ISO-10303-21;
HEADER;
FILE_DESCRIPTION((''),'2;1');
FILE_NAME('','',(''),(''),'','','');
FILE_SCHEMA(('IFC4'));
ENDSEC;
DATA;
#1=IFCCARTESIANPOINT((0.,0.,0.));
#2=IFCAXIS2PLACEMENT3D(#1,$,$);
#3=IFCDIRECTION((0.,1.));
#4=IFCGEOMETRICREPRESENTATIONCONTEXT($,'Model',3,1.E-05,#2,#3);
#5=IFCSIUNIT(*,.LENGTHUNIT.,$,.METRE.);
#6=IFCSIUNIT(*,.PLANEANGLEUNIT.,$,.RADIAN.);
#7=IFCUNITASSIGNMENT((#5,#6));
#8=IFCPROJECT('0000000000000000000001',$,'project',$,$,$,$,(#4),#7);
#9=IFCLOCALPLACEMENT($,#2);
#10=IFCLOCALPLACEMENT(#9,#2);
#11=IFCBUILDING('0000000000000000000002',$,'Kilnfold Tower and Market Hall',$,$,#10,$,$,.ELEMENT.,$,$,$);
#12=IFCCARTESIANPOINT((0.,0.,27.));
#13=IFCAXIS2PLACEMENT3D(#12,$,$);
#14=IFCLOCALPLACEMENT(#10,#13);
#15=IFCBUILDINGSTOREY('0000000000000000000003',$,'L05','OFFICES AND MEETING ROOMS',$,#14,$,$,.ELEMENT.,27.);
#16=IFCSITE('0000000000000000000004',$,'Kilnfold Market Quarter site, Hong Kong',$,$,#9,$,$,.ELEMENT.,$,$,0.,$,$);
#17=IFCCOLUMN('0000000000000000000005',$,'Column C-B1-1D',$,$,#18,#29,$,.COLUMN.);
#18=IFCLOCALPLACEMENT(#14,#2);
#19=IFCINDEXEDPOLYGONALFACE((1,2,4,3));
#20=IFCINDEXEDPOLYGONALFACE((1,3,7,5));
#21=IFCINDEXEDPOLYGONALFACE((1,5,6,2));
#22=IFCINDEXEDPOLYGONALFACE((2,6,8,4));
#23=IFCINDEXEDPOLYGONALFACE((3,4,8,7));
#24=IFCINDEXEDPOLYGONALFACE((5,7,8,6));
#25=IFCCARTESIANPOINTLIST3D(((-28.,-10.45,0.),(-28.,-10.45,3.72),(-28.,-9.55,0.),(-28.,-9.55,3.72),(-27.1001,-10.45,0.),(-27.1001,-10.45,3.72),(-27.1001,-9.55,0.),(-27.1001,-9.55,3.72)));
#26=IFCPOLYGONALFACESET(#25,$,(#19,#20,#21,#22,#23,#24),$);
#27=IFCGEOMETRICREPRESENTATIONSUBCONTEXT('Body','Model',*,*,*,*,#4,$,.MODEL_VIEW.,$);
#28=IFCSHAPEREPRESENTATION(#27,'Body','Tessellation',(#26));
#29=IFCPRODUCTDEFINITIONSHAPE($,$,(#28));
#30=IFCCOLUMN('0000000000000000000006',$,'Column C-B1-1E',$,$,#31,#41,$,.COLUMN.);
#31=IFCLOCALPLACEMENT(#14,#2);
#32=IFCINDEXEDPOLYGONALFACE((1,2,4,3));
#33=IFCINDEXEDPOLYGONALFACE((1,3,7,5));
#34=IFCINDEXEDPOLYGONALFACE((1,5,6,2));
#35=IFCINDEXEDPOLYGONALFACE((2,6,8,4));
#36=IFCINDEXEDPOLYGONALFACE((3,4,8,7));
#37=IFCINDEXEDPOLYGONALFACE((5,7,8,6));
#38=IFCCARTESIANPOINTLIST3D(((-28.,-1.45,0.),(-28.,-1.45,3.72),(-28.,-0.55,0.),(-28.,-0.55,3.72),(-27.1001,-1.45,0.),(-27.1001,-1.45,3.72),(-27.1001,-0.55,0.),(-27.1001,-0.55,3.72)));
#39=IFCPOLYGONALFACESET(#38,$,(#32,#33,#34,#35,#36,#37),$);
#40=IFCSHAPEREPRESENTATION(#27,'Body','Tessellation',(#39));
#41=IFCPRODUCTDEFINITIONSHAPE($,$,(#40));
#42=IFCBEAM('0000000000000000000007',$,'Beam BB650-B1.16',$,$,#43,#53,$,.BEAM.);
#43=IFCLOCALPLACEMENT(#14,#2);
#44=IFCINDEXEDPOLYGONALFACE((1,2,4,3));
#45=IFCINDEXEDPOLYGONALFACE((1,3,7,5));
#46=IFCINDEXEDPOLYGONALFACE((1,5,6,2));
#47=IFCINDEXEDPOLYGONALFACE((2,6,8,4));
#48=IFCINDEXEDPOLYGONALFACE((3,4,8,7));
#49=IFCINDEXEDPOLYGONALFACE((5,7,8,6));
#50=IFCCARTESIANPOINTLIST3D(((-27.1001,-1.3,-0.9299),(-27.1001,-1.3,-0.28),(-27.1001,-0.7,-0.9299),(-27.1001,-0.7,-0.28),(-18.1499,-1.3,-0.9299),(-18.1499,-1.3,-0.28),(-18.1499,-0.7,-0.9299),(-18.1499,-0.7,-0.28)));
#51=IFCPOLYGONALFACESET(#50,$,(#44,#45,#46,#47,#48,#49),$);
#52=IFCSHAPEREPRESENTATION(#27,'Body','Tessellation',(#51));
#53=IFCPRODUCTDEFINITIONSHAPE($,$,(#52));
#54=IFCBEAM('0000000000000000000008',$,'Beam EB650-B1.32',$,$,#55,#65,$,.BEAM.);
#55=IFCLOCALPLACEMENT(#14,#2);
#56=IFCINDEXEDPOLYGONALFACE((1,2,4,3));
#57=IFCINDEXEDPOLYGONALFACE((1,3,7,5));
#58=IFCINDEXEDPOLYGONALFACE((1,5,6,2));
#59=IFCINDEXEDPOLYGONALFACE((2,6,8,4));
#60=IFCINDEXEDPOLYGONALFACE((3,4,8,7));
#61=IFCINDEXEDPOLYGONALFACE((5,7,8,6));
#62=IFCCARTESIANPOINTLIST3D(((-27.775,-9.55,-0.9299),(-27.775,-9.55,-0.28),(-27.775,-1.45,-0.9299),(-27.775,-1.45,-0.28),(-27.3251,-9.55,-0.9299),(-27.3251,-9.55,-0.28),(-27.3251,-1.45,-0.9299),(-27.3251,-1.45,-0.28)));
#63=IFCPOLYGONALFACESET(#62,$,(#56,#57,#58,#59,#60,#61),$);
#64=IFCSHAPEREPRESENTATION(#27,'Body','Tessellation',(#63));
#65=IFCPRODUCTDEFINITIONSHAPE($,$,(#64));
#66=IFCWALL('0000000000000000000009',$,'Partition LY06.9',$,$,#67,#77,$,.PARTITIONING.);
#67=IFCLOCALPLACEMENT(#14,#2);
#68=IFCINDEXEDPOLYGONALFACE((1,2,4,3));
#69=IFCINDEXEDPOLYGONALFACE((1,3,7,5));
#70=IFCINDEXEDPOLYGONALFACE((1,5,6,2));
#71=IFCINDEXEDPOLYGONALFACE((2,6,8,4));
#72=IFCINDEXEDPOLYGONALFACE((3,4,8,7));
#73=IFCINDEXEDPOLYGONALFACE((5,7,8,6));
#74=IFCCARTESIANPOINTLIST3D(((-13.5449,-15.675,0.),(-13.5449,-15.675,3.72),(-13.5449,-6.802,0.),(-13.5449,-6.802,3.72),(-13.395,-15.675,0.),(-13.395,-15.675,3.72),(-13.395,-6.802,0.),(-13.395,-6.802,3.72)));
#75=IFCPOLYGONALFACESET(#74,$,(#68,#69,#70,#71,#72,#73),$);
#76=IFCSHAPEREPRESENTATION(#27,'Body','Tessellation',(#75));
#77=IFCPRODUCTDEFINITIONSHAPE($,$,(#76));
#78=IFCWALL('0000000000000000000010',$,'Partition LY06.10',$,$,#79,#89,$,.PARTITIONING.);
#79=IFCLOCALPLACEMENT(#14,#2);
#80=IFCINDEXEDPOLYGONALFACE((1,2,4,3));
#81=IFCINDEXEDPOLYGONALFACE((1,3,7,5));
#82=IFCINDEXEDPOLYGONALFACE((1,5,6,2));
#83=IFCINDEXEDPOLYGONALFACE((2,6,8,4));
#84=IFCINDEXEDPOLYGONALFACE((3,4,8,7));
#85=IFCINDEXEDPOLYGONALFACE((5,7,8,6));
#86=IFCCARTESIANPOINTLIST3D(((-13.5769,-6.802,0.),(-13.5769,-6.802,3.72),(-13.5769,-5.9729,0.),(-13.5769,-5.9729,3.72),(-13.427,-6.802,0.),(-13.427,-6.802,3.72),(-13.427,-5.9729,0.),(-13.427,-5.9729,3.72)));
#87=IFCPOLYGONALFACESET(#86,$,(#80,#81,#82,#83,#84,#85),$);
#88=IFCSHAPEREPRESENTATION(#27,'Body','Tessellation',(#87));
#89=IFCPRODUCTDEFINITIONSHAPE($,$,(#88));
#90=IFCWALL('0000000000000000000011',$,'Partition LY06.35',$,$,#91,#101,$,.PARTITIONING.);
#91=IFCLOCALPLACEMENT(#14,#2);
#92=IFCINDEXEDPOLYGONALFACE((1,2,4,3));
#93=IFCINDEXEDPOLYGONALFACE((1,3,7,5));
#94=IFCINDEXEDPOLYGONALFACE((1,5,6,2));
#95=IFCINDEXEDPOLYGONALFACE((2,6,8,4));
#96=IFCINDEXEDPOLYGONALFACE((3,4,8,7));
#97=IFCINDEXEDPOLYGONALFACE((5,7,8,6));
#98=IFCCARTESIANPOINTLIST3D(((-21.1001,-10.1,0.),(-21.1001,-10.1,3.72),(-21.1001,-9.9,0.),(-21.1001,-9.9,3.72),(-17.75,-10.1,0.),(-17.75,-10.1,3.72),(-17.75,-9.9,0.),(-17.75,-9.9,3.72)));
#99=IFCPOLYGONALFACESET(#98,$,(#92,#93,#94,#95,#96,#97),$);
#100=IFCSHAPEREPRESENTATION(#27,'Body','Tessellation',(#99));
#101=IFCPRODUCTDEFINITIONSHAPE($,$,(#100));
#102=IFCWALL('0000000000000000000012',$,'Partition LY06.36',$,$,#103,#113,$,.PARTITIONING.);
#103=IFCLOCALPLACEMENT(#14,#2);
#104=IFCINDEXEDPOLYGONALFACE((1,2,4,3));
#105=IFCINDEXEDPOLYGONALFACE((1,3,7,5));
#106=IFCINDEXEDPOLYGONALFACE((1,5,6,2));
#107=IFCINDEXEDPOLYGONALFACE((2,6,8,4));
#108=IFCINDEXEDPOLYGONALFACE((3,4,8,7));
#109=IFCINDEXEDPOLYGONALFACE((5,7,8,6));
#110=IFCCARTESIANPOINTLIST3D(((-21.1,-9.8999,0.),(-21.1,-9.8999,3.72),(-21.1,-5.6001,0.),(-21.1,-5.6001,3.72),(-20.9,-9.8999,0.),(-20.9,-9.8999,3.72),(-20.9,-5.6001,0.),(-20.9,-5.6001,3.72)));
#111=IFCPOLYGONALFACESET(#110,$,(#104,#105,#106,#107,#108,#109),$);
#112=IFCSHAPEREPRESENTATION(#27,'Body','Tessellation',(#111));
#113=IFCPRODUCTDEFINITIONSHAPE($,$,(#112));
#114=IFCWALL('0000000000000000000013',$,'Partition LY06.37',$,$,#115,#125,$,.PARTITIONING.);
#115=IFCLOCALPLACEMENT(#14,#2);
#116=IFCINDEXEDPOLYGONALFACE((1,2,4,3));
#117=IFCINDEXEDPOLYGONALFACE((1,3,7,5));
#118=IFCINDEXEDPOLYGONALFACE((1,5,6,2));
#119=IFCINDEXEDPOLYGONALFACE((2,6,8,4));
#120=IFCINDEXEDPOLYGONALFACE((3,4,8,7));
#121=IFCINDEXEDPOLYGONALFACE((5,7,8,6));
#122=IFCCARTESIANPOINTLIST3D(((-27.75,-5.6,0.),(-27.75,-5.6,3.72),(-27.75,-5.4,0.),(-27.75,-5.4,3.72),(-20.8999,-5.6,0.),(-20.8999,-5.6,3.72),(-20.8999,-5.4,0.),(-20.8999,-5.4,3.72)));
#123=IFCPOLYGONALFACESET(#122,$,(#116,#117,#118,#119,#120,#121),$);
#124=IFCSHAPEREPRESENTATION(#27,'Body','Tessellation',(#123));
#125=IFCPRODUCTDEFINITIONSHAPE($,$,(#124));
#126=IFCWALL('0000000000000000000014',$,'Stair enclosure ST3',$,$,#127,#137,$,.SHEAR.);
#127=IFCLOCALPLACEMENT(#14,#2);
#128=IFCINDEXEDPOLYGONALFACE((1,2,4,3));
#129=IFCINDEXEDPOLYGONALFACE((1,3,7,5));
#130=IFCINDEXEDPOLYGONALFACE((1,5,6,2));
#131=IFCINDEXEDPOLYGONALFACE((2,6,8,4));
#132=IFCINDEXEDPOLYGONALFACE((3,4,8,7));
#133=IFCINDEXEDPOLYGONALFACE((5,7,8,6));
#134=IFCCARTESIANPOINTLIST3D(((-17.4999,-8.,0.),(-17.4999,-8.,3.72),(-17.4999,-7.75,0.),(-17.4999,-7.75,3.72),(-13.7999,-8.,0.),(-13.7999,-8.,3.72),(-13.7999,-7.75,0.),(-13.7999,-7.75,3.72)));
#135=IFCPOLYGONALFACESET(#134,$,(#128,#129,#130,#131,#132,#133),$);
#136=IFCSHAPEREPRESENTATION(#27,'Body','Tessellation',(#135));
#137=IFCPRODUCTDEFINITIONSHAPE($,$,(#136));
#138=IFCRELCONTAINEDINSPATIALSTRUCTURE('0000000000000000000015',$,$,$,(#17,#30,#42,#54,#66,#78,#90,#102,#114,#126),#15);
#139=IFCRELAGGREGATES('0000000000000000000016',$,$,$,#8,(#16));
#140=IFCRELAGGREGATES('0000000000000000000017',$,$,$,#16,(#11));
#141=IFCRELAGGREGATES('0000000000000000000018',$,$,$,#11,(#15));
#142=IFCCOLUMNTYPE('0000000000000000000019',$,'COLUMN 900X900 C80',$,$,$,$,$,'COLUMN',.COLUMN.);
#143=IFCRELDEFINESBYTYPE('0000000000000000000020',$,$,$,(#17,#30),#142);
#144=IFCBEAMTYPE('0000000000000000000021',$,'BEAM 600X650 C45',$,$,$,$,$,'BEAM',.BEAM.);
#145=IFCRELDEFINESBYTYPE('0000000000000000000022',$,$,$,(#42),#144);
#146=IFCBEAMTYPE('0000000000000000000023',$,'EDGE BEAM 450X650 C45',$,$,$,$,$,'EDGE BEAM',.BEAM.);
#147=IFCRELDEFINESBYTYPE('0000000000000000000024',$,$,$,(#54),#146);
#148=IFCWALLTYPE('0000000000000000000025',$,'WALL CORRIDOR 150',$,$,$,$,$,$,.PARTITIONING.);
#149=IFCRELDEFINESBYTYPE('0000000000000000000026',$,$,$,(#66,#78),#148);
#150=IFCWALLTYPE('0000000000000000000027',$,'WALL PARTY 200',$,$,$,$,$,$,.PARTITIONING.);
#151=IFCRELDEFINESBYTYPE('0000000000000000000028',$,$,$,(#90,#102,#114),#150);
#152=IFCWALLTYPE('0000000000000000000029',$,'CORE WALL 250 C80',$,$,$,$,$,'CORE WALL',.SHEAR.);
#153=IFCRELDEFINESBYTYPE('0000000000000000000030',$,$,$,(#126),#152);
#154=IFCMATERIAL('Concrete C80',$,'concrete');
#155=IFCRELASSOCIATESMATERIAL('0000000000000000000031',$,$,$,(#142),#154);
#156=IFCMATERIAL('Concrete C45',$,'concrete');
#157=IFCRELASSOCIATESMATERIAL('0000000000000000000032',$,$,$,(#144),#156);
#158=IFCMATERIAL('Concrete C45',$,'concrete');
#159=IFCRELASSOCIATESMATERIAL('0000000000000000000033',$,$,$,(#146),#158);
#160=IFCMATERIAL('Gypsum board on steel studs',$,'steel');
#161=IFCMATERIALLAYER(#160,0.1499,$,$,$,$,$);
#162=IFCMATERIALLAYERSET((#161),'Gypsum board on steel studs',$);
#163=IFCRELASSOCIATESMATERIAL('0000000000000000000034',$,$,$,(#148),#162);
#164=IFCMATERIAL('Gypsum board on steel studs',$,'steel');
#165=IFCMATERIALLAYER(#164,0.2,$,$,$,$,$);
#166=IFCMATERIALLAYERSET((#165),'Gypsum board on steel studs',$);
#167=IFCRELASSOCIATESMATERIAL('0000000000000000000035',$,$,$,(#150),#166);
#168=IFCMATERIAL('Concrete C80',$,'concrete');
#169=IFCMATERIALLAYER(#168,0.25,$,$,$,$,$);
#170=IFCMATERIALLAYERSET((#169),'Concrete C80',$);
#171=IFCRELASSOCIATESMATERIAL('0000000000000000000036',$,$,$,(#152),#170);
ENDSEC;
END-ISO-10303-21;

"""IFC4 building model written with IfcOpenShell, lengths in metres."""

from ifc_helpers import new_model, si_unit, direction, frame, frame_2d, origin, origin_2d, place, context, subcontext, project, spatial, rectangle, extrude, source, transform, mapped, material, layer, layer_set, material_profile, profile_set, type_object, element, save


model = new_model("IFC4")

# Units and contexts
model_context = context("Model", 3, precision=1e-05, world=origin(), true_north=direction((0.0, 1.0)))
body_context = subcontext(model_context, "Body", "Model", "MODEL_VIEW")
ifc_project = project(units=[si_unit("LENGTHUNIT", "METRE"), si_unit("PLANEANGLEUNIT", "RADIAN")], contexts=[model_context])

# Site, building, storey
site_placement = place(None, origin())
site = spatial("IfcSite", under=ifc_project, at=site_placement, Name="Kilnfold Market Quarter site, Hong Kong", CompositionType="ELEMENT", RefElevation=0.0)
building_placement = place(site_placement, origin())
building = spatial("IfcBuilding", under=site, at=building_placement, Name="Kilnfold Tower and Market Hall", CompositionType="ELEMENT")
storey_placement = place(building_placement, frame((0.0, 0.0, 27.0)))
storey = spatial("IfcBuildingStorey", under=building, at=storey_placement, Name="L05", Description="OFFICES AND MEETING ROOMS", CompositionType="ELEMENT", Elevation=27.0)

# Columns
ifc_material_1 = material(Name="Concrete C80", Category="concrete")
ifc_material_profile_1 = material_profile(ifc_material_1, rectangle(XDim=0.8999, YDim=0.8999, at=origin_2d()), Name="RC 900x900")
ifc_profile_set_1 = profile_set([ifc_material_profile_1], Name="Concrete C80")
column_type = type_object("IfcColumnType", Name="COLUMN 900X900 C80", ElementType="COLUMN", PredefinedType="COLUMN", material=ifc_profile_set_1)
shared_shape_1 = source(origin(), body_context, "Body", "SweptSolid", [
    extrude(rectangle(XDim=0.8999, YDim=0.8999, at=origin_2d()), origin(), (0.0, 0.0, 1.0), 3.72),
])
for number, where, z_axis, x_axis, name in (
    (1, (-27.55, -10.0, 0.0), (0.0, 0.0, 1.0), (1.0, 0.0, 0.0), "Column C-B1-1D"),
    (2, (-27.55, -1.0, 0.0), (0.0, 0.0, 1.0), (1.0, 0.0, 0.0), "Column C-B1-1E"),
):
    element("IfcColumn", number, at=place(storey_placement, frame(where, z_axis=z_axis, x_axis=x_axis)), inside=storey, type_object=column_type, Name=name, PredefinedType="COLUMN", context=body_context, shape_type="MappedRepresentation", body=[
        mapped(shared_shape_1, transform((0.0, 0.0, 0.0))),
    ])

# Beams
ifc_material_2 = material(Name="Concrete C45", Category="concrete")
ifc_material_profile_2 = material_profile(ifc_material_2, rectangle(XDim=0.6001, YDim=0.6499, at=origin_2d()), Name="RC 600x650")
ifc_profile_set_2 = profile_set([ifc_material_profile_2], Name="Concrete C45")
beam_type_1 = type_object("IfcBeamType", Name="BEAM 600X650 C45", ElementType="BEAM", PredefinedType="BEAM", material=ifc_profile_set_2)
shared_shape_2 = source(origin(), body_context, "Body", "SweptSolid", [
    extrude(rectangle(XDim=0.6001, YDim=0.6499, at=origin_2d()), origin(), (0.0, 0.0, 1.0), 8.9502),
])
beam_1_placement = place(storey_placement, frame((-27.1001, -1.0, -0.605), z_axis=(1.0, 0.0, 0.0), x_axis=(0.0, 1.0, 0.0)))
element("IfcBeam", 3, at=beam_1_placement, inside=storey, type_object=beam_type_1, Name="Beam BB650-B1.16", PredefinedType="BEAM", context=body_context, shape_type="MappedRepresentation", body=[
    mapped(shared_shape_2, transform((0.0, 0.0, 0.0))),
])
ifc_material_3 = material(Name="Concrete C45", Category="concrete")
ifc_material_profile_3 = material_profile(ifc_material_3, rectangle(XDim=0.45, YDim=0.6499, at=origin_2d()), Name="RC 450x650")
ifc_profile_set_3 = profile_set([ifc_material_profile_3], Name="Concrete C45")
beam_type_2 = type_object("IfcBeamType", Name="EDGE BEAM 450X650 C45", ElementType="EDGE BEAM", PredefinedType="BEAM", material=ifc_profile_set_3)
shared_shape_3 = source(origin(), body_context, "Body", "SweptSolid", [
    extrude(rectangle(XDim=0.45, YDim=0.6499, at=origin_2d()), origin(), (0.0, 0.0, 1.0), 8.1001),
])
beam_2_placement = place(storey_placement, frame((-27.55, -9.55, -0.605), z_axis=(0.0, 1.0, 0.0), x_axis=(-1.0, 0.0, 0.0)))
element("IfcBeam", 4, at=beam_2_placement, inside=storey, type_object=beam_type_2, Name="Beam EB650-B1.32", PredefinedType="BEAM", context=body_context, shape_type="MappedRepresentation", body=[
    mapped(shared_shape_3, transform((0.0, 0.0, 0.0))),
])

# Walls
ifc_material_4 = material(Name="Gypsum board on steel studs", Category="steel")
ifc_layer_1 = layer(ifc_material_4, 0.1499)
ifc_layer_set_1 = layer_set([ifc_layer_1], Name="Gypsum board on steel studs")
wall_type_1 = type_object("IfcWallType", Name="WALL CORRIDOR 150", PredefinedType="PARTITIONING", material=ifc_layer_set_1)
wall_1_placement = place(storey_placement, frame((-13.47, -6.802, 0.0), z_axis=(0.0, 0.0, 1.0), x_axis=(0.0, -1.0, 0.0)))
element("IfcWall", 5, at=wall_1_placement, inside=storey, type_object=wall_type_1, Name="Partition LY06.9", PredefinedType="PARTITIONING", context=body_context, shape_type="SweptSolid", body=[
    extrude(rectangle(XDim=8.873, YDim=0.1499, at=frame_2d((4.4365, 0.0))), origin(), (0.0, 0.0, 1.0), 3.72),
])
wall_2_placement = place(storey_placement, frame((-13.502, -5.9729, 0.0), z_axis=(0.0, 0.0, 1.0), x_axis=(0.0, -1.0, 0.0)))
element("IfcWall", 6, at=wall_2_placement, inside=storey, type_object=wall_type_1, Name="Partition LY06.10", PredefinedType="PARTITIONING", context=body_context, shape_type="SweptSolid", body=[
    extrude(rectangle(XDim=0.8291, YDim=0.1499, at=frame_2d((0.4146, 0.0))), origin(), (0.0, 0.0, 1.0), 3.72),
])
ifc_material_5 = material(Name="Gypsum board on steel studs", Category="steel")
ifc_layer_2 = layer(ifc_material_5, 0.2)
ifc_layer_set_2 = layer_set([ifc_layer_2], Name="Gypsum board on steel studs")
wall_type_2 = type_object("IfcWallType", Name="WALL PARTY 200", PredefinedType="PARTITIONING", material=ifc_layer_set_2)
wall_3_placement = place(storey_placement, frame((-21.1001, -10.0, 0.0), z_axis=(0.0, 0.0, 1.0), x_axis=(1.0, 0.0, 0.0)))
element("IfcWall", 7, at=wall_3_placement, inside=storey, type_object=wall_type_2, Name="Partition LY06.35", PredefinedType="PARTITIONING", context=body_context, shape_type="SweptSolid", body=[
    extrude(rectangle(XDim=3.3501, YDim=0.2, at=frame_2d((1.675, 0.0))), origin(), (0.0, 0.0, 1.0), 3.72),
])
wall_4_placement = place(storey_placement, frame((-21.0, -9.8999, 0.0), z_axis=(0.0, 0.0, 1.0), x_axis=(0.0, 1.0, 0.0)))
element("IfcWall", 8, at=wall_4_placement, inside=storey, type_object=wall_type_2, Name="Partition LY06.36", PredefinedType="PARTITIONING", context=body_context, shape_type="SweptSolid", body=[
    extrude(rectangle(XDim=4.2998, YDim=0.2, at=frame_2d((2.1499, 0.0))), origin(), (0.0, 0.0, 1.0), 3.72),
])
wall_5_placement = place(storey_placement, frame((-27.75, -5.5, 0.0), z_axis=(0.0, 0.0, 1.0), x_axis=(1.0, 0.0, 0.0)))
element("IfcWall", 9, at=wall_5_placement, inside=storey, type_object=wall_type_2, Name="Partition LY06.37", PredefinedType="PARTITIONING", context=body_context, shape_type="SweptSolid", body=[
    extrude(rectangle(XDim=6.8501, YDim=0.2, at=frame_2d((3.425, 0.0))), origin(), (0.0, 0.0, 1.0), 3.72),
])
ifc_material_6 = material(Name="Concrete C80", Category="concrete")
ifc_layer_3 = layer(ifc_material_6, 0.25)
ifc_layer_set_3 = layer_set([ifc_layer_3], Name="Concrete C80")
wall_type_3 = type_object("IfcWallType", Name="CORE WALL 250 C80", ElementType="CORE WALL", PredefinedType="SHEAR", material=ifc_layer_set_3)
shared_shape_4 = source(origin(), body_context, "Body", "SweptSolid", [
    extrude(rectangle(XDim=3.7, YDim=0.25, at=frame_2d((1.8501, 0.0))), origin(), (0.0, 0.0, 1.0), 3.72),
])
wall_6_placement = place(storey_placement, frame((-17.5, -7.875, 0.0), z_axis=(0.0, 0.0, 1.0), x_axis=(1.0, 0.0, 0.0)))
element("IfcWall", 10, at=wall_6_placement, inside=storey, type_object=wall_type_3, Name="Stair enclosure ST3", PredefinedType="SHEAR", context=body_context, shape_type="MappedRepresentation", body=[
    mapped(shared_shape_4, transform((0.0, 0.0, 0.0))),
])

save(model, "model.ifc")
